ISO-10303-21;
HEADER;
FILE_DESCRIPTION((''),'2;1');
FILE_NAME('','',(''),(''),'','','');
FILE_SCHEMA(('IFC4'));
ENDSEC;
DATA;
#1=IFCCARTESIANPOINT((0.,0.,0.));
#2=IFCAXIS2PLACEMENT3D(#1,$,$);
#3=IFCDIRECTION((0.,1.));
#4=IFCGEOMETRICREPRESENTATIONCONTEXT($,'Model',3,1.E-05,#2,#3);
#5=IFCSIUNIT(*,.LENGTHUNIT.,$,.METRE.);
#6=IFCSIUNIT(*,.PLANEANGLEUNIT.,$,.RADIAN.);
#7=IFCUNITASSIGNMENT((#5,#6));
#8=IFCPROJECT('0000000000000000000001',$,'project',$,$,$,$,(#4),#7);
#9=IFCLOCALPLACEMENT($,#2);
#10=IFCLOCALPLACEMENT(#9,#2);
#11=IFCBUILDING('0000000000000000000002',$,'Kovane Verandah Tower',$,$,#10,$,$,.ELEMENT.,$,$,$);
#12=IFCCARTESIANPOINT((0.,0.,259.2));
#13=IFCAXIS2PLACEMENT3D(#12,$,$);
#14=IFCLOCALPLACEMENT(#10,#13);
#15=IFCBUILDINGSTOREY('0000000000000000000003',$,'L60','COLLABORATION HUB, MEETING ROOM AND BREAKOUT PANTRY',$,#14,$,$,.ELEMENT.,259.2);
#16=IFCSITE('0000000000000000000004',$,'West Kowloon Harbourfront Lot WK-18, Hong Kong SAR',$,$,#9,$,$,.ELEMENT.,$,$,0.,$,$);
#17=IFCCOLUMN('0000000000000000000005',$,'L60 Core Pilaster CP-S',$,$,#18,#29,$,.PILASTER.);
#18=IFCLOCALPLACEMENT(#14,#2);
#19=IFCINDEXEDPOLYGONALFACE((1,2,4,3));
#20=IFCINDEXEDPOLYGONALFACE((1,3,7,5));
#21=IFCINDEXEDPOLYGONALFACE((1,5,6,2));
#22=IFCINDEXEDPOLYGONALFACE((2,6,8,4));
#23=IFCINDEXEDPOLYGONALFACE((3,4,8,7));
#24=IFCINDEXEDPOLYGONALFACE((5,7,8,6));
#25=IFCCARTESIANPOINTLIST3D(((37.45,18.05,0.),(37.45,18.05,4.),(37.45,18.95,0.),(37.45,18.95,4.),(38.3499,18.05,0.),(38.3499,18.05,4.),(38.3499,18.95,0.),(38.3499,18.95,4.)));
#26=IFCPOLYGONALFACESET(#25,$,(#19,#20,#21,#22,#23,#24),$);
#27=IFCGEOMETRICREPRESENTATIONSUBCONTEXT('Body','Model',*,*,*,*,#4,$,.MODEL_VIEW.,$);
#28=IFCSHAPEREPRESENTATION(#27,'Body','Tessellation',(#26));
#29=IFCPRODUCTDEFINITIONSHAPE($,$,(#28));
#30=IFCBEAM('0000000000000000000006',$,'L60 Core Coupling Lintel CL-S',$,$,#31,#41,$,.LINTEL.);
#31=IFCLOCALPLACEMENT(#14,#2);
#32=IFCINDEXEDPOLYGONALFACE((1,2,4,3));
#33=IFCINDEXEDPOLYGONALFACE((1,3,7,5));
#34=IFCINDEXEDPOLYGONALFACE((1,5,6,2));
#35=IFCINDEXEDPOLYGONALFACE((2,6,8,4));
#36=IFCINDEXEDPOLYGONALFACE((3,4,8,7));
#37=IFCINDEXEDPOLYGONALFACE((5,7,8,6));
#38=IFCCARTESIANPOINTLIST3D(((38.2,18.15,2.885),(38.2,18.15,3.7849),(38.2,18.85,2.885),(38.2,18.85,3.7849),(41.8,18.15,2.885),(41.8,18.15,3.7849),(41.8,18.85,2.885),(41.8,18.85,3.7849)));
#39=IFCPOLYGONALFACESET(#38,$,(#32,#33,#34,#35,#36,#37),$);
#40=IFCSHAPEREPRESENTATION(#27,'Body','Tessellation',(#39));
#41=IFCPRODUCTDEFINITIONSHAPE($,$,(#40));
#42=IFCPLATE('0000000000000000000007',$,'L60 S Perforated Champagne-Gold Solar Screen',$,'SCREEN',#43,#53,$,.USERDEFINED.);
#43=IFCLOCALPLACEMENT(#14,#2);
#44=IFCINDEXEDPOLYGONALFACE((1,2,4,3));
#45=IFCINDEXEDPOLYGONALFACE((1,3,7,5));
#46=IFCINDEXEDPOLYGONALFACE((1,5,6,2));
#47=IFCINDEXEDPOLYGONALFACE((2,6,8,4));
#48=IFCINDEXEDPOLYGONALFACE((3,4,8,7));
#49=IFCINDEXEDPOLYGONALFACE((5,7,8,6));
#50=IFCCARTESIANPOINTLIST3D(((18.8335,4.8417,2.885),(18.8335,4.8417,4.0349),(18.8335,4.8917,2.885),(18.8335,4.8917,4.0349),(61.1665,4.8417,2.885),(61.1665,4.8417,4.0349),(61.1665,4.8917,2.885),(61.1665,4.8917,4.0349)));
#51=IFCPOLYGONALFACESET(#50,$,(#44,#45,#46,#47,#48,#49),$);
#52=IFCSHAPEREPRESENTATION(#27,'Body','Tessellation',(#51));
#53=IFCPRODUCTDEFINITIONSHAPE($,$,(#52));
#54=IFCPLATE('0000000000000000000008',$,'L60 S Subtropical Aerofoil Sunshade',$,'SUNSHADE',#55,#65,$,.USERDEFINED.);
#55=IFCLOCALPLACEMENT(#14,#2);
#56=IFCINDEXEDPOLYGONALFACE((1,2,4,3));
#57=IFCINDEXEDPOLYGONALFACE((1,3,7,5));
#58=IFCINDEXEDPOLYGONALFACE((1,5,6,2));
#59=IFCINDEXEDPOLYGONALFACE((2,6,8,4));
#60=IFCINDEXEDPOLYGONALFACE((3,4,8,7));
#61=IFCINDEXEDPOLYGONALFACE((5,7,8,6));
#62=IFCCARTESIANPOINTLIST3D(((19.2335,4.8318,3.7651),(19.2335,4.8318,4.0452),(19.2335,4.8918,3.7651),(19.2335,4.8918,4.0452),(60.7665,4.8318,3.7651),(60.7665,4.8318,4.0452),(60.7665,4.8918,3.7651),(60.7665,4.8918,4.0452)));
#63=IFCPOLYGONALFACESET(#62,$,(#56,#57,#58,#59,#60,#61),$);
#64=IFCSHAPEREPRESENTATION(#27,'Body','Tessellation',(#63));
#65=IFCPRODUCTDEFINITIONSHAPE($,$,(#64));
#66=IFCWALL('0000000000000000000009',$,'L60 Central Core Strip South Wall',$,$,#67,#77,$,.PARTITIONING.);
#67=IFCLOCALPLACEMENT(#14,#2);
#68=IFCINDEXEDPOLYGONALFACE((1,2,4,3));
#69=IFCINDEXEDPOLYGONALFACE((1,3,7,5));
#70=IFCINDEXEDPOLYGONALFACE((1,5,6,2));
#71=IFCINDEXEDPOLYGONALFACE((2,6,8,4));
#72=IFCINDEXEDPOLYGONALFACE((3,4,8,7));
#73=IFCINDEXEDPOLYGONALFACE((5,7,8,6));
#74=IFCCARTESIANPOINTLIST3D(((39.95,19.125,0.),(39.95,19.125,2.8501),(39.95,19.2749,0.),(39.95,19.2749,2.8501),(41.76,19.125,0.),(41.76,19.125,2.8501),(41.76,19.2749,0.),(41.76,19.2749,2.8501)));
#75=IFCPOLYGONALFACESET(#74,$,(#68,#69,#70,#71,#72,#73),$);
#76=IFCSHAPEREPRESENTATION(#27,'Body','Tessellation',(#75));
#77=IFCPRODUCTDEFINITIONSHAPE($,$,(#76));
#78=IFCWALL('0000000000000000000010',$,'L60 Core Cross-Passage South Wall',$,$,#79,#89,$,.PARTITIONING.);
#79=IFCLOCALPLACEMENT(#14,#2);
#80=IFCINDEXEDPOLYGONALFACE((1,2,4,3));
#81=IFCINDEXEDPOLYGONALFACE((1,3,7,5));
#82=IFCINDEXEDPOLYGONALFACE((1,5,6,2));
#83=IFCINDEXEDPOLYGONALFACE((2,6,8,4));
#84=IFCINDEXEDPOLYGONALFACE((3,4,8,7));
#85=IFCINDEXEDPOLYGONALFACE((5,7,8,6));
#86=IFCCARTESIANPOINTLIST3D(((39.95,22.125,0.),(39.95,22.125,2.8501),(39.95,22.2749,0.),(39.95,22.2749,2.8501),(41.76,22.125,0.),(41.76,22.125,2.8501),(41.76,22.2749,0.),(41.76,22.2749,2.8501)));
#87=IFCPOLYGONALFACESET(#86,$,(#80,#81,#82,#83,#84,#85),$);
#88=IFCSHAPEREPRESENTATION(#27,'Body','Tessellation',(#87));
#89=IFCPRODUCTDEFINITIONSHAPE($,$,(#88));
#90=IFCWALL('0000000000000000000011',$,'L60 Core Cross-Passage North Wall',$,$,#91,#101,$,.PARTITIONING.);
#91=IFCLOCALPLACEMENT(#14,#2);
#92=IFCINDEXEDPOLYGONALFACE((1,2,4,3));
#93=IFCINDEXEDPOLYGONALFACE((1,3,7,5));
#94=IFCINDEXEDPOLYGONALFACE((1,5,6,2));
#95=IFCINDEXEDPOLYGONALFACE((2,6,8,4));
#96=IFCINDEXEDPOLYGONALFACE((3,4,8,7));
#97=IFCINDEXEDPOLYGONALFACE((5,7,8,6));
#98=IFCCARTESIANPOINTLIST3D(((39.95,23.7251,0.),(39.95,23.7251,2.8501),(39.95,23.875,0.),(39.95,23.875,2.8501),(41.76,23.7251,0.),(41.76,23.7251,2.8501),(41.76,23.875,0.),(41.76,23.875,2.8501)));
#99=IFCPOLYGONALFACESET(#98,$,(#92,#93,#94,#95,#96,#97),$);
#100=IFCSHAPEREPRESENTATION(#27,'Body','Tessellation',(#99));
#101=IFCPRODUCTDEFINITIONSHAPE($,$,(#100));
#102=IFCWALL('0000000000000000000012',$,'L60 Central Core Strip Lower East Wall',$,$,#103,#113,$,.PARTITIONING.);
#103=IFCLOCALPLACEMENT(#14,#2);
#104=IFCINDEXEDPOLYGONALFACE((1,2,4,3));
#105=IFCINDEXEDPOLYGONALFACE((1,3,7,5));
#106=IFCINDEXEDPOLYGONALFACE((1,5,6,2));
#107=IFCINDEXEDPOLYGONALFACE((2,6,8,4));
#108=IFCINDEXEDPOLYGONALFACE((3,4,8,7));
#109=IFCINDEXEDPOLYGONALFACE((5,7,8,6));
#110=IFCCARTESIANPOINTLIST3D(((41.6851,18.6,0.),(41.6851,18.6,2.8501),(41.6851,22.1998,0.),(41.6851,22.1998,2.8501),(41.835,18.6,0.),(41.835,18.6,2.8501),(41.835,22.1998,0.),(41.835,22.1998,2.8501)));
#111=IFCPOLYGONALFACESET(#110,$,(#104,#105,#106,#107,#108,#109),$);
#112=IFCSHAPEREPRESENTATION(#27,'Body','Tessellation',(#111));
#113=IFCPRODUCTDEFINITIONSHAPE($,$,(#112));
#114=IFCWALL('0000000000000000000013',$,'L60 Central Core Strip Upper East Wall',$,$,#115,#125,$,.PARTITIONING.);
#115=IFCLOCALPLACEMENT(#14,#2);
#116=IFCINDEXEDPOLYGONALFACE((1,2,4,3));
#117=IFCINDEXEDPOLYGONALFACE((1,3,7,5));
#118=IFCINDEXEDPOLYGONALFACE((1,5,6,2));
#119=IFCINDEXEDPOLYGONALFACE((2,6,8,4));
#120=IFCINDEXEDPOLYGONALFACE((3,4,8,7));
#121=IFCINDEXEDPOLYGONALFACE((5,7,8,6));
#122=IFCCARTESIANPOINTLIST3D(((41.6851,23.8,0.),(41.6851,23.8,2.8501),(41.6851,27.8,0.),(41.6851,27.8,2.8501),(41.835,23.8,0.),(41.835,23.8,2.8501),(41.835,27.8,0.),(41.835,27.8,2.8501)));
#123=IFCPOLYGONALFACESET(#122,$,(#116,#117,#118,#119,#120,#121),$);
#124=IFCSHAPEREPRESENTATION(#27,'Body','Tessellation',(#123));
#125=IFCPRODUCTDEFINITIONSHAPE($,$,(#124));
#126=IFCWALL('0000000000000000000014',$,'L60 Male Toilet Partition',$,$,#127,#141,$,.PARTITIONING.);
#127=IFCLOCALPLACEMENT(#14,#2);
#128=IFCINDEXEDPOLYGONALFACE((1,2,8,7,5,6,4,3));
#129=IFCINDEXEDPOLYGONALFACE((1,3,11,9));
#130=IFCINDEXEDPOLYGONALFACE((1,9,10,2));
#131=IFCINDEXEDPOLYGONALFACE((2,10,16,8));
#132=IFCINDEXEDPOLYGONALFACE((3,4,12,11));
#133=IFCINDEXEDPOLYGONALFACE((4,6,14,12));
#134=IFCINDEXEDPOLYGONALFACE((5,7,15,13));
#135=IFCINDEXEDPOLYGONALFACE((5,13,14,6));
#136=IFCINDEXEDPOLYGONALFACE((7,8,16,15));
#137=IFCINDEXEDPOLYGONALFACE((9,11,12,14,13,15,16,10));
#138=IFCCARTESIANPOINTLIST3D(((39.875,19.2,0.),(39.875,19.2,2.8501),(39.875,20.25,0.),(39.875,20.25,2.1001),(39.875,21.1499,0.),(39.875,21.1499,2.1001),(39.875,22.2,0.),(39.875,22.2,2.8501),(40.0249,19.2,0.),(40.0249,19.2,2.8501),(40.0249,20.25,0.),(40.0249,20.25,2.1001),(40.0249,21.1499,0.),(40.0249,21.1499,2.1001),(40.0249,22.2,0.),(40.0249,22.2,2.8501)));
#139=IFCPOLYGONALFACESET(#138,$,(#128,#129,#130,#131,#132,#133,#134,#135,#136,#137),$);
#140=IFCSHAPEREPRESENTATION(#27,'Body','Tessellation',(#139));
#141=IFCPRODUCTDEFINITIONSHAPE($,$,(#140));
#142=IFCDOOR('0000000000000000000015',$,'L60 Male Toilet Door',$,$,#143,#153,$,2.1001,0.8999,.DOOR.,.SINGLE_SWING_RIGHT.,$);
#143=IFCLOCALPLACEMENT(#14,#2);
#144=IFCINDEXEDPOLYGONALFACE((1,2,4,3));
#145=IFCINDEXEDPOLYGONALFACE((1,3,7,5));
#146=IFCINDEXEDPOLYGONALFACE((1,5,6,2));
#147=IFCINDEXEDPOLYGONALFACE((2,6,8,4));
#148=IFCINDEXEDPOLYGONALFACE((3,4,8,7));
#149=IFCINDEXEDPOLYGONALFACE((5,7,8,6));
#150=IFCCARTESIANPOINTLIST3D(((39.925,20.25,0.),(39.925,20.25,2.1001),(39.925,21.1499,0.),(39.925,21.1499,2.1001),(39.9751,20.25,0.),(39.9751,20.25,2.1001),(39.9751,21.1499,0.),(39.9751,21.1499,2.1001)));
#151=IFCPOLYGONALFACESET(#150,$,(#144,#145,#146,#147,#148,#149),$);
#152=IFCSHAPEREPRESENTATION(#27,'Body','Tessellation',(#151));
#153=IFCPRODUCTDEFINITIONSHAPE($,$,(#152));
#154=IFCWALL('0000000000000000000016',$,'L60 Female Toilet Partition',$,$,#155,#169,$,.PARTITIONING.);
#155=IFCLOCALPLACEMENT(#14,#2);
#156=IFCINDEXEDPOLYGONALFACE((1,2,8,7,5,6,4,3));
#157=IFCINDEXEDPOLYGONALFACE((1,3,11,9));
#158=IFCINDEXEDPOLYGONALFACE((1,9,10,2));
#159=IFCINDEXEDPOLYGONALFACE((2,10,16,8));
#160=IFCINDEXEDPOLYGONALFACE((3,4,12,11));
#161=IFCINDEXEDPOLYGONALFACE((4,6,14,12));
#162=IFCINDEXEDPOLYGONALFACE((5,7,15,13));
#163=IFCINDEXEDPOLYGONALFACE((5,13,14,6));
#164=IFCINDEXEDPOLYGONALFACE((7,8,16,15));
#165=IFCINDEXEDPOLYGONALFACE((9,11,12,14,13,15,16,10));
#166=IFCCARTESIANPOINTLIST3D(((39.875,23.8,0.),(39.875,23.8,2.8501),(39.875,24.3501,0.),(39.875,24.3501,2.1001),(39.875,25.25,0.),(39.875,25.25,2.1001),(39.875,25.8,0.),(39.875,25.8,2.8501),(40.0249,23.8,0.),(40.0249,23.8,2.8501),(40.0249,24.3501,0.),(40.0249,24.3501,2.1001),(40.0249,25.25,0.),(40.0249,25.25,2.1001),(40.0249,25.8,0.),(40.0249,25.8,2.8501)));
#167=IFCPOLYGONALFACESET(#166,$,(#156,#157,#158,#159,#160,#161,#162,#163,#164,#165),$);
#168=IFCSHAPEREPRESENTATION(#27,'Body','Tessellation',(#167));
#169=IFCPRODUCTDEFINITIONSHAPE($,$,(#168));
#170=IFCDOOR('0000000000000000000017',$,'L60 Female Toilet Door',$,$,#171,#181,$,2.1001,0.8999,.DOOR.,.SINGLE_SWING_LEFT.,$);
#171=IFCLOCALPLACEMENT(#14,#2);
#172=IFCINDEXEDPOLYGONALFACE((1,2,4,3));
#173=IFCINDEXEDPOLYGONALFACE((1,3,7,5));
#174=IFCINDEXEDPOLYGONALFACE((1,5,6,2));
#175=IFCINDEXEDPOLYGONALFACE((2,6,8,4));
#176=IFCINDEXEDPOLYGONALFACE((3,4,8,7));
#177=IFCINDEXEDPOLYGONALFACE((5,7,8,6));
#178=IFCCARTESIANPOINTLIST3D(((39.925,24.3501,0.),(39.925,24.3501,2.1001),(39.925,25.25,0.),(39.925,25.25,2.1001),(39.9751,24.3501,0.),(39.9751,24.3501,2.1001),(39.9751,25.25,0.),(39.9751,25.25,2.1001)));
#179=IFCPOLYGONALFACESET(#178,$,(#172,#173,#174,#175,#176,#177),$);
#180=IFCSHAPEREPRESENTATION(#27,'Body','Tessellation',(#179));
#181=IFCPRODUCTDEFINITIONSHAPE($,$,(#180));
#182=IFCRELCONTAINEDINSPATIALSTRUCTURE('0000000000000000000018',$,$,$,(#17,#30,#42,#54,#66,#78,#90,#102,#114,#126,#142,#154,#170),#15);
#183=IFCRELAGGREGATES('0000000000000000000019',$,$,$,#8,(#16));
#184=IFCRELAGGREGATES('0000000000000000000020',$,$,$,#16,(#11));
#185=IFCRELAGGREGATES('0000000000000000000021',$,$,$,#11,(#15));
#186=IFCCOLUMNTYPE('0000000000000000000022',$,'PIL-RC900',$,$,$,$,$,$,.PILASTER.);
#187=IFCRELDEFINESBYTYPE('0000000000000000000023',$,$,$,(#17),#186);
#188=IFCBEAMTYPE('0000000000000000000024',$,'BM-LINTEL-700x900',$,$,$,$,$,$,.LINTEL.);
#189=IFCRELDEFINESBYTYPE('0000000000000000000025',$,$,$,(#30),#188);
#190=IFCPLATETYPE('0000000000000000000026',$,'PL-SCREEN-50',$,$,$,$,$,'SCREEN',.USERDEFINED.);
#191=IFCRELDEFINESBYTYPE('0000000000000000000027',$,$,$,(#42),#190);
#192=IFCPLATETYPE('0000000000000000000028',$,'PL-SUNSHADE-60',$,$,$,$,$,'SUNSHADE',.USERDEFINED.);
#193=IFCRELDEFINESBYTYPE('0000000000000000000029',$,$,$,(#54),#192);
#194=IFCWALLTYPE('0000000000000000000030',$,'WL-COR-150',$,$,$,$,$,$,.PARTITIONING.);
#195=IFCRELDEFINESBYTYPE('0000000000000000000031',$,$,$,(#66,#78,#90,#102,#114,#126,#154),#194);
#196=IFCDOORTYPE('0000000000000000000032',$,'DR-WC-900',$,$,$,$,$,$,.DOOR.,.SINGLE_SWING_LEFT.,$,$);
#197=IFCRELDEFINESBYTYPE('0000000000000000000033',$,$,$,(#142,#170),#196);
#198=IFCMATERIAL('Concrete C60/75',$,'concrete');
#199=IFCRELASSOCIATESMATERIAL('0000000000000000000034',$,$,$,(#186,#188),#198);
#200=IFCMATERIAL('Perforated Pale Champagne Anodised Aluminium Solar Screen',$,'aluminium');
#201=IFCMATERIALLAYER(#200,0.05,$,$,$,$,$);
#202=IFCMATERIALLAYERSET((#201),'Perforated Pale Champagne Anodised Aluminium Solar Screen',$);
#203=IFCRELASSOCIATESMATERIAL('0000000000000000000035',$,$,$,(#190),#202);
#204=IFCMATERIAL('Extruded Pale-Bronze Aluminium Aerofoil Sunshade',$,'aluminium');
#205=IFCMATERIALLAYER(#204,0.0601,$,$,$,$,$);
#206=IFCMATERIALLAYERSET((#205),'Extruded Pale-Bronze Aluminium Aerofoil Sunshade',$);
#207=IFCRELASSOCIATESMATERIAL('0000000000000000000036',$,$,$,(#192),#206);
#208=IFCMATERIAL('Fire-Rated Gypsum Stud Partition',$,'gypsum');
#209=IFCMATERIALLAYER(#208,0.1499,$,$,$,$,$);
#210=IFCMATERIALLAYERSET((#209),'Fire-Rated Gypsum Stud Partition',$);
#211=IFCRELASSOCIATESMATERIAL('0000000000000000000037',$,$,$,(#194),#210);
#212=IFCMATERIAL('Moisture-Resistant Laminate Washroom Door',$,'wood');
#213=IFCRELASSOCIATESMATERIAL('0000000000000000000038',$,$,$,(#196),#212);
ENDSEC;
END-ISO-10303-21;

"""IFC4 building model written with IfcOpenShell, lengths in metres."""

from ifc_helpers import new_model, si_unit, direction, frame, frame_2d, origin, origin_2d, place, context, subcontext, project, spatial, rectangle, extrude, material, layer, layer_set, material_profile, profile_set, type_object, element, fill, save


model = new_model("IFC4")

# Units and contexts
model_context = context("Model", 3, precision=1e-05, world=origin(), true_north=direction((0.0, 1.0)))
body_context = subcontext(model_context, "Body", "Model", "MODEL_VIEW")
ifc_project = project(units=[si_unit("LENGTHUNIT", "METRE"), si_unit("PLANEANGLEUNIT", "RADIAN")], contexts=[model_context])

# Site, building, storey
site_placement = place(None, origin())
site = spatial("IfcSite", under=ifc_project, at=site_placement, Name="West Kowloon Harbourfront Lot WK-18, Hong Kong SAR", CompositionType="ELEMENT", RefElevation=0.0)
building_placement = place(site_placement, origin())
building = spatial("IfcBuilding", under=site, at=building_placement, Name="Kovane Verandah Tower", CompositionType="ELEMENT")
storey_placement = place(building_placement, frame((0.0, 0.0, 259.2)))
storey = spatial("IfcBuildingStorey", under=building, at=storey_placement, Name="L60", Description="COLLABORATION HUB, MEETING ROOM AND BREAKOUT PANTRY", CompositionType="ELEMENT", Elevation=259.2)

# Column
ifc_material_1 = material(Name="Concrete C60/75", Category="concrete")
ifc_material_profile_1 = material_profile(ifc_material_1, rectangle(XDim=0.8999, YDim=0.8999, at=origin_2d()), Name="RC900x900")
ifc_profile_set_1 = profile_set([ifc_material_profile_1], Name="Concrete C60/75")
column_type = type_object("IfcColumnType", Name="PIL-RC900", PredefinedType="PILASTER", material=ifc_profile_set_1)
column_placement = place(storey_placement, frame((37.8999, 18.5, 0.0), z_axis=(0.0, 0.0, 1.0), x_axis=(1.0, 0.0, 0.0)))
element("IfcColumn", 1, at=column_placement, inside=storey, type_object=column_type, Name="L60 Core Pilaster CP-S", PredefinedType="PILASTER", context=body_context, shape_type="SweptSolid", body=[
    extrude(rectangle(XDim=0.8999, YDim=0.8999, at=origin_2d()), origin(), (0.0, 0.0, 1.0), 4.0),
])

# Beam
ifc_material_profile_2 = material_profile(ifc_material_1, rectangle(XDim=0.7, YDim=0.8999, at=origin_2d()), Name="RCB700x900")
ifc_profile_set_2 = profile_set([ifc_material_profile_2], Name="Concrete C60/75")
beam_type = type_object("IfcBeamType", Name="BM-LINTEL-700x900", PredefinedType="LINTEL", material=ifc_profile_set_2)
beam_placement = place(storey_placement, frame((38.2, 18.5, 3.335), z_axis=(1.0, 0.0, 0.0), x_axis=(0.0, 1.0, 0.0)))
element("IfcBeam", 2, at=beam_placement, inside=storey, type_object=beam_type, Name="L60 Core Coupling Lintel CL-S", PredefinedType="LINTEL", context=body_context, shape_type="SweptSolid", body=[
    extrude(rectangle(XDim=0.7, YDim=0.8999, at=origin_2d()), origin(), (0.0, 0.0, 1.0), 3.6001),
])

# Plates
ifc_material_2 = material(Name="Perforated Pale Champagne Anodised Aluminium Solar Screen", Category="aluminium")
ifc_layer_1 = layer(ifc_material_2, 0.05)
ifc_layer_set_1 = layer_set([ifc_layer_1], Name="Perforated Pale Champagne Anodised Aluminium Solar Screen")
plate_type_1 = type_object("IfcPlateType", Name="PL-SCREEN-50", ElementType="SCREEN", PredefinedType="USERDEFINED", material=ifc_layer_set_1)
plate_1_placement = place(storey_placement, frame((40.0, 4.8667, 2.885), z_axis=(0.0, 0.0, 1.0), x_axis=(1.0, 0.0, 0.0)))
element("IfcPlate", 3, at=plate_1_placement, inside=storey, type_object=plate_type_1, Name="L60 S Perforated Champagne-Gold Solar Screen", ObjectType="SCREEN", PredefinedType="USERDEFINED", context=body_context, shape_type="SweptSolid", body=[
    extrude(rectangle(XDim=42.333, YDim=0.05, at=origin_2d()), origin(), (0.0, 0.0, 1.0), 1.1499),
])
ifc_material_3 = material(Name="Extruded Pale-Bronze Aluminium Aerofoil Sunshade", Category="aluminium")
ifc_layer_2 = layer(ifc_material_3, 0.0601)
ifc_layer_set_2 = layer_set([ifc_layer_2], Name="Extruded Pale-Bronze Aluminium Aerofoil Sunshade")
plate_type_2 = type_object("IfcPlateType", Name="PL-SUNSHADE-60", ElementType="SUNSHADE", PredefinedType="USERDEFINED", material=ifc_layer_set_2)
plate_2_placement = place(storey_placement, frame((40.0, 4.8618, 3.7651), z_axis=(0.0, 0.0, 1.0), x_axis=(1.0, 0.0, 0.0)))
element("IfcPlate", 4, at=plate_2_placement, inside=storey, type_object=plate_type_2, Name="L60 S Subtropical Aerofoil Sunshade", ObjectType="SUNSHADE", PredefinedType="USERDEFINED", context=body_context, shape_type="SweptSolid", body=[
    extrude(rectangle(XDim=41.533, YDim=0.0601, at=origin_2d()), origin(), (0.0, 0.0, 1.0), 0.28),
])

# Walls
ifc_material_4 = material(Name="Fire-Rated Gypsum Stud Partition", Category="gypsum")
ifc_layer_3 = layer(ifc_material_4, 0.1499)
ifc_layer_set_3 = layer_set([ifc_layer_3], Name="Fire-Rated Gypsum Stud Partition")
wall_type_1 = type_object("IfcWallType", Name="WL-COR-150", PredefinedType="PARTITIONING", material=ifc_layer_set_3)
for number, where, z_axis, x_axis, name in (
    (5, (39.95, 19.2, 0.0), (0.0, 0.0, 1.0), (1.0, 0.0, 0.0), "L60 Central Core Strip South Wall"),
    (6, (39.95, 22.2, 0.0), (0.0, 0.0, 1.0), (1.0, 0.0, 0.0), "L60 Core Cross-Passage South Wall"),
    (7, (39.95, 23.8, 0.0), (0.0, 0.0, 1.0), (1.0, 0.0, 0.0), "L60 Core Cross-Passage North Wall"),
):
    element("IfcWall", number, at=place(storey_placement, frame(where, z_axis=z_axis, x_axis=x_axis)), inside=storey, type_object=wall_type_1, Name=name, PredefinedType="PARTITIONING", context=body_context, shape_type="SweptSolid", body=[
        extrude(rectangle(XDim=1.8101, YDim=0.1499, at=frame_2d((0.905, 0.0))), origin(), (0.0, 0.0, 1.0), 2.8501),
    ])
wall_1_placement = place(storey_placement, frame((41.76, 18.6001, 0.0), z_axis=(0.0, 0.0, 1.0), x_axis=(0.0, 1.0, 0.0)))
element("IfcWall", 8, at=wall_1_placement, inside=storey, type_object=wall_type_1, Name="L60 Central Core Strip Lower East Wall", PredefinedType="PARTITIONING", context=body_context, shape_type="SweptSolid", body=[
    extrude(rectangle(XDim=3.5999, YDim=0.1499, at=frame_2d((1.7998, 0.0))), origin(), (0.0, 0.0, 1.0), 2.8501),
])
wall_2_placement = place(storey_placement, frame((41.76, 23.8, 0.0), z_axis=(0.0, 0.0, 1.0), x_axis=(0.0, 1.0, 0.0)))
element("IfcWall", 9, at=wall_2_placement, inside=storey, type_object=wall_type_1, Name="L60 Central Core Strip Upper East Wall", PredefinedType="PARTITIONING", context=body_context, shape_type="SweptSolid", body=[
    extrude(rectangle(XDim=4.0, YDim=0.1499, at=frame_2d((2.0, 0.0))), origin(), (0.0, 0.0, 1.0), 2.8501),
])

# Walls, openings, doors
wall_3_placement = place(storey_placement, frame((39.95, 19.2, 0.0), z_axis=(0.0, 0.0, 1.0), x_axis=(0.0, 1.0, 0.0)))
wall_3 = element("IfcWall", 10, at=wall_3_placement, inside=storey, type_object=wall_type_1, Name="L60 Male Toilet Partition", PredefinedType="PARTITIONING", context=body_context, shape_type="SweptSolid", body=[
    extrude(rectangle(XDim=3.0, YDim=0.1499, at=frame_2d((1.5, 0.0))), origin(), (0.0, 0.0, 1.0), 2.8501),
])
opening_1_placement = place(wall_3_placement, frame((1.05, 0.0, 0.0)))
opening_1 = element("IfcOpeningElement", 11, at=opening_1_placement, cuts=wall_3, PredefinedType="OPENING", context=body_context, shape_type="SweptSolid", body=[
    extrude(rectangle(XDim=0.8999, YDim=2.1001, at=frame_2d((0.45, 1.05))), frame((0.0, 0.075, 0.0), z_axis=(0.0, -1.0, 0.0), x_axis=(1.0, 0.0, 0.0)), (0.0, 0.0, 1.0), 0.1499),
])
ifc_material_5 = material(Name="Moisture-Resistant Laminate Washroom Door", Category="wood")
door_type_1 = type_object("IfcDoorType", Name="DR-WC-900", OperationType="SINGLE_SWING_LEFT", PredefinedType="DOOR", material=ifc_material_5)
door_1_placement = place(opening_1_placement, origin())
door_1 = element("IfcDoor", 12, at=door_1_placement, inside=storey, type_object=door_type_1, Name="L60 Male Toilet Door", OperationType="SINGLE_SWING_RIGHT", OverallHeight=2.1001, OverallWidth=0.8999, PredefinedType="DOOR", context=body_context, shape_type="SweptSolid", body=[
    extrude(rectangle(XDim=0.8999, YDim=2.1001, at=frame_2d((0.45, 1.05))), frame((0.0, 0.0249, 0.0), z_axis=(0.0, -1.0, 0.0), x_axis=(1.0, 0.0, 0.0)), (0.0, 0.0, 1.0), 0.05),
])
fill(opening_1, door_1)
wall_4_placement = place(storey_placement, frame((39.95, 23.8, 0.0), z_axis=(0.0, 0.0, 1.0), x_axis=(0.0, 1.0, 0.0)))
wall_4 = element("IfcWall", 13, at=wall_4_placement, inside=storey, type_object=wall_type_1, Name="L60 Female Toilet Partition", PredefinedType="PARTITIONING", context=body_context, shape_type="SweptSolid", body=[
    extrude(rectangle(XDim=2.0, YDim=0.1499, at=frame_2d((1.0, 0.0))), origin(), (0.0, 0.0, 1.0), 2.8501),
])
opening_2_placement = place(wall_4_placement, frame((0.55, 0.0, 0.0)))
opening_2 = element("IfcOpeningElement", 14, at=opening_2_placement, cuts=wall_4, PredefinedType="OPENING", context=body_context, shape_type="SweptSolid", body=[
    extrude(rectangle(XDim=0.8999, YDim=2.1001, at=frame_2d((0.45, 1.05))), frame((0.0, 0.075, 0.0), z_axis=(0.0, -1.0, 0.0), x_axis=(1.0, 0.0, 0.0)), (0.0, 0.0, 1.0), 0.1499),
])
door_2_placement = place(opening_2_placement, origin())
door_2 = element("IfcDoor", 15, at=door_2_placement, inside=storey, type_object=door_type_1, Name="L60 Female Toilet Door", OperationType="SINGLE_SWING_LEFT", OverallHeight=2.1001, OverallWidth=0.8999, PredefinedType="DOOR", context=body_context, shape_type="SweptSolid", body=[
    extrude(rectangle(XDim=0.8999, YDim=2.1001, at=frame_2d((0.45, 1.05))), frame((0.0, 0.0249, 0.0), z_axis=(0.0, -1.0, 0.0), x_axis=(1.0, 0.0, 0.0)), (0.0, 0.0, 1.0), 0.05),
])
fill(opening_2, door_2)

save(model, "model.ifc")
